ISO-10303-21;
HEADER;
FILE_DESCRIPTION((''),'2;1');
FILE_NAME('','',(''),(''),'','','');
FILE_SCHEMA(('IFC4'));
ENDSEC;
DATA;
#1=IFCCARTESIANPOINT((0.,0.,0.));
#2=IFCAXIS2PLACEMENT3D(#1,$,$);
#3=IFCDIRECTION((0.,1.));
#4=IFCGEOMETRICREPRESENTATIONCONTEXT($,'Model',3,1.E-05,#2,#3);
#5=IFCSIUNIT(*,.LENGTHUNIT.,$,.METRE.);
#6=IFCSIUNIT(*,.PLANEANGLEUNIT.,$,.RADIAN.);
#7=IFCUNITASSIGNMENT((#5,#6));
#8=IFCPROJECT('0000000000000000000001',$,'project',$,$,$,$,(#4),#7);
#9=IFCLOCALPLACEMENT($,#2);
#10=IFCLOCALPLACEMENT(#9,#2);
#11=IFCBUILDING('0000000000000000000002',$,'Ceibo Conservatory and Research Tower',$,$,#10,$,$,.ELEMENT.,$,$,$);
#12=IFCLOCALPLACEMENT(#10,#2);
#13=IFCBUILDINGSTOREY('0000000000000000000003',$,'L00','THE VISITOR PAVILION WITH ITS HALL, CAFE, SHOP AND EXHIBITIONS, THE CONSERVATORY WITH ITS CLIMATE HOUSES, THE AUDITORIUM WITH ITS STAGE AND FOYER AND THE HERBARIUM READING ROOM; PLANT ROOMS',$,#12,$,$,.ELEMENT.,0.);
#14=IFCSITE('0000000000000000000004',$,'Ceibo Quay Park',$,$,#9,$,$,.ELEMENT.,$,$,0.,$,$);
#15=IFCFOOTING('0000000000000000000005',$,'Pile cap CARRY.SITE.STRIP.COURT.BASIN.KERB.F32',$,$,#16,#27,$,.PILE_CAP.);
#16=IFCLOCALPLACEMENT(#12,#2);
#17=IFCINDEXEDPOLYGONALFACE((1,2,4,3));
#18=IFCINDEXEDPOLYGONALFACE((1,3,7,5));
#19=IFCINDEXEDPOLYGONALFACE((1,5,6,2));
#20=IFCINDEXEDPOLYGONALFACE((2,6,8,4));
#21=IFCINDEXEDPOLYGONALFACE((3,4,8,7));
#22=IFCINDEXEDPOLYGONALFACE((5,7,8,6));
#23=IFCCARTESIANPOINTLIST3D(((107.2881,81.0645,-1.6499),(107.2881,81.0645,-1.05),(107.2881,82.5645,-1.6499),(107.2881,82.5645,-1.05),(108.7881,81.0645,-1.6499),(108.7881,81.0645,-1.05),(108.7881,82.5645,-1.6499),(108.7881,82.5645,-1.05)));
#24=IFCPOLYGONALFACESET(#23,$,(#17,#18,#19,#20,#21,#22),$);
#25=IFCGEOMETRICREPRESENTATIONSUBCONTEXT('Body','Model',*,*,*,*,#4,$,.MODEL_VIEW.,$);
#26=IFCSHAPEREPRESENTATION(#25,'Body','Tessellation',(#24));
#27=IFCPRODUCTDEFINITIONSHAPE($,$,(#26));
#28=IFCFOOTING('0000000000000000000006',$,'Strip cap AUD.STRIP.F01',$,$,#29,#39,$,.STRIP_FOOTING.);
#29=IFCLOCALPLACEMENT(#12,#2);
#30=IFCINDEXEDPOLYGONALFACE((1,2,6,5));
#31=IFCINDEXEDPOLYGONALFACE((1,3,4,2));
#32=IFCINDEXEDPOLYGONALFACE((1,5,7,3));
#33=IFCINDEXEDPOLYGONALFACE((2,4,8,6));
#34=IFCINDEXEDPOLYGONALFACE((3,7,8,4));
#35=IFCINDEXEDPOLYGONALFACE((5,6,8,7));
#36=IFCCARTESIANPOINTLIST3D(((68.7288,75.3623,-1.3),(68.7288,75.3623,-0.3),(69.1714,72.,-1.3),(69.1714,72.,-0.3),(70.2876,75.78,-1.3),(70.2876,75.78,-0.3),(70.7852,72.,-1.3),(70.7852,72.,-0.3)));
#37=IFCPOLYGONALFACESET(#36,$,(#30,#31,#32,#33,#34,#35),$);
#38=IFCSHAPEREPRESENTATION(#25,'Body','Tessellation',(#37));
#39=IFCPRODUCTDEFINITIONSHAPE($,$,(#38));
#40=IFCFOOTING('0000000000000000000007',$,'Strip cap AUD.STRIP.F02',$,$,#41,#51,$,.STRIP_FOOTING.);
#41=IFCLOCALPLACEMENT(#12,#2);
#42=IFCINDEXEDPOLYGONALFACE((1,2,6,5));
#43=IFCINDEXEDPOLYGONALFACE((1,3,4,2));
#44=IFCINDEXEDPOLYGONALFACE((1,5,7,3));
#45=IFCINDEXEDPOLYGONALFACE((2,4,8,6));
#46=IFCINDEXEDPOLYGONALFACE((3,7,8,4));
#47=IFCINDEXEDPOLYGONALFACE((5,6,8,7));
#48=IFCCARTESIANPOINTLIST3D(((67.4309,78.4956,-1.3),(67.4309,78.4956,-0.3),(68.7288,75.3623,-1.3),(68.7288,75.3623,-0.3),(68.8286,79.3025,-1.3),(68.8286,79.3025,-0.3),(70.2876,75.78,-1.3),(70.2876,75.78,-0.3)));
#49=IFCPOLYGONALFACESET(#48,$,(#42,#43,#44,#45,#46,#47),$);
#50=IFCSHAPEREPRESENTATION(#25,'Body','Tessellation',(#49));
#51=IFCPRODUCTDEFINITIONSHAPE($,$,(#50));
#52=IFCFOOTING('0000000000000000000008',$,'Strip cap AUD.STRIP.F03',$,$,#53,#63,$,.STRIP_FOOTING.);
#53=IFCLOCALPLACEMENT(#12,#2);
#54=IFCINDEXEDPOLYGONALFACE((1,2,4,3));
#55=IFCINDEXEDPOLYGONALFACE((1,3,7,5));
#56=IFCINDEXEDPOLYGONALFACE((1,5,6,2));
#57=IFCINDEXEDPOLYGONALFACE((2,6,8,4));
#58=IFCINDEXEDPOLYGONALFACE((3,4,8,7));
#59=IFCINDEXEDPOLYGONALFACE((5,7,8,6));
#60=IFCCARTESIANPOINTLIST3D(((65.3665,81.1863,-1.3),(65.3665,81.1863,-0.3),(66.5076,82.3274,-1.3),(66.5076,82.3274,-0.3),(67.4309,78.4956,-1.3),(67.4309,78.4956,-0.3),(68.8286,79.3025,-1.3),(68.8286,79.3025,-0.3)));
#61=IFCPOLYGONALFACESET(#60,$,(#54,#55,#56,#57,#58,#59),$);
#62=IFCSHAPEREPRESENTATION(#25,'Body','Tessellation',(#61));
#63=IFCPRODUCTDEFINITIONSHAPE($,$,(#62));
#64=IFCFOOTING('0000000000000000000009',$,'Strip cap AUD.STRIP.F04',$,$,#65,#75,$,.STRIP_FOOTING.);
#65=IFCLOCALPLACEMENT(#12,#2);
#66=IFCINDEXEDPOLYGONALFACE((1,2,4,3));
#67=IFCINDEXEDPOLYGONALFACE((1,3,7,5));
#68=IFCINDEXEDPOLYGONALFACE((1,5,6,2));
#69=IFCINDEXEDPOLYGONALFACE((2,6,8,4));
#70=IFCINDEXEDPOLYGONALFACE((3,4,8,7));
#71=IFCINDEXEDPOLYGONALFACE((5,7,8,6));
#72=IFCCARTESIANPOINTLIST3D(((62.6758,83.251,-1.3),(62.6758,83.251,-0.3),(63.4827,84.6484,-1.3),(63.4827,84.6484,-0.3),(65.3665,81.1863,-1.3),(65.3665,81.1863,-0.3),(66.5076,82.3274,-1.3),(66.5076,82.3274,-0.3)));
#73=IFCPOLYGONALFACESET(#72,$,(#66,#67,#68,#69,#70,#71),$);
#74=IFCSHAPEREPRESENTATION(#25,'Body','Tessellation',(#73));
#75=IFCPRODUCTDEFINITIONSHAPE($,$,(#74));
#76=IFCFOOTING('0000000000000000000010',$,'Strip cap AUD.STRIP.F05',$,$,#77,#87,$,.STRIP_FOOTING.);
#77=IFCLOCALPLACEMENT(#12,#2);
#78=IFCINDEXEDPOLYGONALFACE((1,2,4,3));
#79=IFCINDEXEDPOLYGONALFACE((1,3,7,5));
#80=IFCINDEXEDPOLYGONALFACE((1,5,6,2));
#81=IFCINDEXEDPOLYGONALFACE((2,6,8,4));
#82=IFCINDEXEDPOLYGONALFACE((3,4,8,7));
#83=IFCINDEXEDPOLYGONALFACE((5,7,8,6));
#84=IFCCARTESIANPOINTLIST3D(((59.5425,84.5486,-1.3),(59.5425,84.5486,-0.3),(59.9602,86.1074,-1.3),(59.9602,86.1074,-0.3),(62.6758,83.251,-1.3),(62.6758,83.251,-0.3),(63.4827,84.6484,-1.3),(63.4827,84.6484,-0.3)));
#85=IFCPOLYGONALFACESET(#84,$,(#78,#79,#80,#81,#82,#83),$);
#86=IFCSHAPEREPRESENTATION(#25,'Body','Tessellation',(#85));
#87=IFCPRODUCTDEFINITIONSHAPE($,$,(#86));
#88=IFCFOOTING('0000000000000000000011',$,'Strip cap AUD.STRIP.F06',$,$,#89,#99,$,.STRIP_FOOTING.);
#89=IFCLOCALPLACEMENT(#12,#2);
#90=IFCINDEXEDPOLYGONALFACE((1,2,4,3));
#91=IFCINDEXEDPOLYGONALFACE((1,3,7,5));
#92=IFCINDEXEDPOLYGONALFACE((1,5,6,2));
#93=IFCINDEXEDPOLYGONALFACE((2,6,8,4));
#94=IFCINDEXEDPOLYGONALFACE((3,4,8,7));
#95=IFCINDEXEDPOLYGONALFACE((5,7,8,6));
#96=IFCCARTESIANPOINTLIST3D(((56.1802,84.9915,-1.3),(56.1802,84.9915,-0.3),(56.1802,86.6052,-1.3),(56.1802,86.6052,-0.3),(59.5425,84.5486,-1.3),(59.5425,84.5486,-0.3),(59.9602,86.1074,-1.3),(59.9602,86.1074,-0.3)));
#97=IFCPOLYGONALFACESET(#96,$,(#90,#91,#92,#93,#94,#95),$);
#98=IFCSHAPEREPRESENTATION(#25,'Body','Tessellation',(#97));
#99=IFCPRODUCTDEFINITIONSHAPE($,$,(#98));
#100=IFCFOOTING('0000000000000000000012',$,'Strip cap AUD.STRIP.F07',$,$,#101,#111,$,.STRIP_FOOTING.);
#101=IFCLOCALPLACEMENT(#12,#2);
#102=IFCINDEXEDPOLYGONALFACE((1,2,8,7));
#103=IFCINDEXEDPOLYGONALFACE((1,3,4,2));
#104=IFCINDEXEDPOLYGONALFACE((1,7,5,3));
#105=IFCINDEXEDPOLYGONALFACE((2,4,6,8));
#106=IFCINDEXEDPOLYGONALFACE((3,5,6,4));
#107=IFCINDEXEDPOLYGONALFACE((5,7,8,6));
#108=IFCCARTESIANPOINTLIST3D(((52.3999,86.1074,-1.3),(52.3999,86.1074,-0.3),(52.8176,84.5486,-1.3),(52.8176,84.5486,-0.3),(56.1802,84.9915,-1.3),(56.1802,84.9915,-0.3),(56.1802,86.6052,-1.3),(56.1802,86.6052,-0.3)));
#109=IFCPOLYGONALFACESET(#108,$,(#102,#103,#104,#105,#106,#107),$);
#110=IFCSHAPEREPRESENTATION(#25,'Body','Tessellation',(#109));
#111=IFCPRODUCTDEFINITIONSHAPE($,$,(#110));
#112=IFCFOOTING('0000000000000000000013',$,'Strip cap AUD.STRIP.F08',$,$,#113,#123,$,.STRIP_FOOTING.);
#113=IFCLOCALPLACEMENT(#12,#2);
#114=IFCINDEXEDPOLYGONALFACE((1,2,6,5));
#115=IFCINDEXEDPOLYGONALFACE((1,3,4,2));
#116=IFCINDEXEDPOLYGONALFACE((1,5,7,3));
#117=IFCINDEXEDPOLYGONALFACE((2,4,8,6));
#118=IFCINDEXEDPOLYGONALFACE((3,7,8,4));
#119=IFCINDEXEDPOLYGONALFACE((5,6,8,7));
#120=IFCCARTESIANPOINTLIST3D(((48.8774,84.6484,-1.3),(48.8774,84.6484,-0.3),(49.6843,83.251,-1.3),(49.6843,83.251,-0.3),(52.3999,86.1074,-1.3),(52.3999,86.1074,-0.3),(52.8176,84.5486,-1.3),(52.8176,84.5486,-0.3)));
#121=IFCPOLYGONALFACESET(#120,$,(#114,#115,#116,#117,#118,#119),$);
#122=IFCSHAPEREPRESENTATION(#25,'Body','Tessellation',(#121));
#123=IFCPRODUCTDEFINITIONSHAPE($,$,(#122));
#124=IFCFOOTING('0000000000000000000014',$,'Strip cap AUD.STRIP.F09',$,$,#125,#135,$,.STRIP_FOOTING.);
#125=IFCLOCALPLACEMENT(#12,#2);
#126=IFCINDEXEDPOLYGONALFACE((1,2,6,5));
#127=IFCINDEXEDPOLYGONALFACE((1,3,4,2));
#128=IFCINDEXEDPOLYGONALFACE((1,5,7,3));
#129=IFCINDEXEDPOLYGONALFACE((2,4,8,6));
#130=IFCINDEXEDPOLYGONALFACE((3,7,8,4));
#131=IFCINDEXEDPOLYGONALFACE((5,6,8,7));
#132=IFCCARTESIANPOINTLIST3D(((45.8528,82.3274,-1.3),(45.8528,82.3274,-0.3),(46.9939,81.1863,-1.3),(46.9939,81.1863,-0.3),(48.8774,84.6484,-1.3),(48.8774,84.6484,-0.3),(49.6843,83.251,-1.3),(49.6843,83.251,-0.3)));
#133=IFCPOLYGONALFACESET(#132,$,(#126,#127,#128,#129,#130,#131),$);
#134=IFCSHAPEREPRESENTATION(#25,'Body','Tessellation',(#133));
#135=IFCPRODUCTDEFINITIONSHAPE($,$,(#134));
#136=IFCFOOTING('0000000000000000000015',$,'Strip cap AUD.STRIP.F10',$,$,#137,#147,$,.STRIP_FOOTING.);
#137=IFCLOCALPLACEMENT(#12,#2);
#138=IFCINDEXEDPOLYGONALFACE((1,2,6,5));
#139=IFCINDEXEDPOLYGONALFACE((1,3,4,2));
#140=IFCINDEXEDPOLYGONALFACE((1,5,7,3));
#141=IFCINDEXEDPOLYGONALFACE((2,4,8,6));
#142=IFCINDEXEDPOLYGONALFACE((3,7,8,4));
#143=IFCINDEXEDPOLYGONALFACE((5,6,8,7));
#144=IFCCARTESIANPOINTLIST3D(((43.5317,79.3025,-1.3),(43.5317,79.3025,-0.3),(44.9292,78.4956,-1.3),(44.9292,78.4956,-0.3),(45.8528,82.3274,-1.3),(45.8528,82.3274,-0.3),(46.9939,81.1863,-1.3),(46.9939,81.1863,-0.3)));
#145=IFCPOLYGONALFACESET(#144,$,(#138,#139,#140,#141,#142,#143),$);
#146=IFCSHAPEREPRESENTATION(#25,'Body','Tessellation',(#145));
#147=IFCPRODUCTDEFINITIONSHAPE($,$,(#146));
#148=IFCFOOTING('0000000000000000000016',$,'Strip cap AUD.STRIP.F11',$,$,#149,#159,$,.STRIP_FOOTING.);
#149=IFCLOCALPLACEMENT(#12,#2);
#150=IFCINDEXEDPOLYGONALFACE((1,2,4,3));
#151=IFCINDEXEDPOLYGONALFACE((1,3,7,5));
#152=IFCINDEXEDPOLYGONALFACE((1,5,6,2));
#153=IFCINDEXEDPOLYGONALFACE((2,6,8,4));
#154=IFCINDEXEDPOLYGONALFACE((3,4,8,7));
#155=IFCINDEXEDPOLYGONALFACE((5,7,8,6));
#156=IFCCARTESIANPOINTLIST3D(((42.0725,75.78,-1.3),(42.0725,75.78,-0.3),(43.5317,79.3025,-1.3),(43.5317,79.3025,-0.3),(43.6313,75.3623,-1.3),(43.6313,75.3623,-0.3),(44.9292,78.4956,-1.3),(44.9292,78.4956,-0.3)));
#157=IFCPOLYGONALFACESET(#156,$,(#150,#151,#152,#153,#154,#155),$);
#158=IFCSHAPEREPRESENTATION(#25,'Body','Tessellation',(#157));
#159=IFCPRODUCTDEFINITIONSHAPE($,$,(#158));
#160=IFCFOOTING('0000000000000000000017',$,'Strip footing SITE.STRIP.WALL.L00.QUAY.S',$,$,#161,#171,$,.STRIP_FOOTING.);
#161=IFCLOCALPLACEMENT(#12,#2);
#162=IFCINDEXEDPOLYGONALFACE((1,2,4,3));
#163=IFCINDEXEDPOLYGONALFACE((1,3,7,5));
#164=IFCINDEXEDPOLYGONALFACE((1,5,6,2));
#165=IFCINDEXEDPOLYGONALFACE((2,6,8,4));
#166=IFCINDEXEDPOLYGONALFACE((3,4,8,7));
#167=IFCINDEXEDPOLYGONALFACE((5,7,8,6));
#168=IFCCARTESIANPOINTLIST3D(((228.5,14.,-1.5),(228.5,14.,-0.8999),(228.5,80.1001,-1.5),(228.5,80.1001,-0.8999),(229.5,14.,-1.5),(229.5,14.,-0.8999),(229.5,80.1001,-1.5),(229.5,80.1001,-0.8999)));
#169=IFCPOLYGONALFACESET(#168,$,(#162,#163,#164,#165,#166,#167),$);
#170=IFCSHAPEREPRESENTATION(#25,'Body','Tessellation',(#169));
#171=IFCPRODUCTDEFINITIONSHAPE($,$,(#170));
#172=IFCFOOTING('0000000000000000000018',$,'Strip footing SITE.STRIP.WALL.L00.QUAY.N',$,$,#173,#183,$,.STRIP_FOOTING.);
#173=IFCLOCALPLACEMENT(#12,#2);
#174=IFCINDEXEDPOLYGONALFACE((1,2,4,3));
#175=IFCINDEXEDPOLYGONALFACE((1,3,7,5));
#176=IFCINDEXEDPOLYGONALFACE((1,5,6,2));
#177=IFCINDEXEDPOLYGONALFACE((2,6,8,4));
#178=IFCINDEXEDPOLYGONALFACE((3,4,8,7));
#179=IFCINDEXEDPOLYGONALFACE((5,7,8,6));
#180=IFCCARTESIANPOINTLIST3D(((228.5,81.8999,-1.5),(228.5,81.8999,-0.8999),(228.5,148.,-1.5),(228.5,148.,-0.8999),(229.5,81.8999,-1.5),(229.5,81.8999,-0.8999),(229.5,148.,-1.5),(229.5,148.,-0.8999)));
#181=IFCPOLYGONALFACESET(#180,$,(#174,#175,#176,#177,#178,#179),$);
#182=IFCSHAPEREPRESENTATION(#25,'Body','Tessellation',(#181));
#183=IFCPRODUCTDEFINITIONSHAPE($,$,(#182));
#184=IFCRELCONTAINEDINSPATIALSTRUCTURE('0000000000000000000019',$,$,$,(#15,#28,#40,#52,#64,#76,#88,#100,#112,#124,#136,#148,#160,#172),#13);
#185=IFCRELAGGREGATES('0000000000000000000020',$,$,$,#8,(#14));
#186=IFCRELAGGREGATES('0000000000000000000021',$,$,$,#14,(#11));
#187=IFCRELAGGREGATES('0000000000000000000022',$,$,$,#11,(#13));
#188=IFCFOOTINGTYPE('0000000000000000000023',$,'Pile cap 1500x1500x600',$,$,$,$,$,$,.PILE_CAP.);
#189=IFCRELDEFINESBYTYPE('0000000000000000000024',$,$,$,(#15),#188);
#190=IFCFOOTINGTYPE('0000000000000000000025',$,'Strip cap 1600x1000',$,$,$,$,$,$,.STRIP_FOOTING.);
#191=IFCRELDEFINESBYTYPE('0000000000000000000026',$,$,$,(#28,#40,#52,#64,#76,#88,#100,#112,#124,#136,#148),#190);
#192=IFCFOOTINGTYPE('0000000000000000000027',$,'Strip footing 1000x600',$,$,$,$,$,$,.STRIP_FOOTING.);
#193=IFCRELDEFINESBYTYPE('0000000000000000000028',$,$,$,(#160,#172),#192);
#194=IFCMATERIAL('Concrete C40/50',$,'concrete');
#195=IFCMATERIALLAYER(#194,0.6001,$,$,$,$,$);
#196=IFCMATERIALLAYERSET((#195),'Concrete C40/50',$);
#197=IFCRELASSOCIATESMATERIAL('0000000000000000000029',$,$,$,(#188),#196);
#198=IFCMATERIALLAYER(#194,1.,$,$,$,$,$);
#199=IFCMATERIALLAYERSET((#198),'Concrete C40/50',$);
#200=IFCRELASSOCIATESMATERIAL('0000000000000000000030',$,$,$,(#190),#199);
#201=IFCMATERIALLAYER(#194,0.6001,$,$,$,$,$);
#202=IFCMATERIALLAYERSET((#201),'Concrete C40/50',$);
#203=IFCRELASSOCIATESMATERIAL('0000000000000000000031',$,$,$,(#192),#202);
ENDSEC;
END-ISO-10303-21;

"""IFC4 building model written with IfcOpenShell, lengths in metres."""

from ifc_helpers import new_model, si_unit, direction, frame, origin, place, context, subcontext, project, spatial, polyline, outline, extrude, material, layer, layer_set, type_object, element, save


model = new_model("IFC4")

# Units and contexts
model_context = context("Model", 3, precision=1e-05, world=origin(), true_north=direction((0.0, 1.0)))
body_context = subcontext(model_context, "Body", "Model", "MODEL_VIEW")
ifc_project = project(units=[si_unit("LENGTHUNIT", "METRE"), si_unit("PLANEANGLEUNIT", "RADIAN")], contexts=[model_context])

# Site, building, storey
site_placement = place(None, origin())
site = spatial("IfcSite", under=ifc_project, at=site_placement, Name="Ceibo Quay Park", CompositionType="ELEMENT", RefElevation=0.0)
building_placement = place(site_placement, origin())
building = spatial("IfcBuilding", under=site, at=building_placement, Name="Ceibo Conservatory and Research Tower", CompositionType="ELEMENT")
storey_placement = place(building_placement, origin())
storey = spatial("IfcBuildingStorey", under=building, at=storey_placement, Name="L00", Description="THE VISITOR PAVILION WITH ITS HALL, CAFE, SHOP AND EXHIBITIONS, THE CONSERVATORY WITH ITS CLIMATE HOUSES, THE AUDITORIUM WITH ITS STAGE AND FOYER AND THE HERBARIUM READING ROOM; PLANT ROOMS", CompositionType="ELEMENT", Elevation=0.0)

# Footings
ifc_material_1 = material(Name="Concrete C40/50", Category="concrete")
ifc_layer_1 = layer(ifc_material_1, 0.6001)
ifc_layer_set_1 = layer_set([ifc_layer_1], Name="Concrete C40/50")
footing_type_1 = type_object("IfcFootingType", Name="Pile cap 1500x1500x600", PredefinedType="PILE_CAP", material=ifc_layer_set_1)
footing_1_placement = place(storey_placement, frame((0.0, 0.0, -1.6499)))
element("IfcFooting", 1, at=footing_1_placement, inside=storey, type_object=footing_type_1, Name="Pile cap CARRY.SITE.STRIP.COURT.BASIN.KERB.F32", PredefinedType="PILE_CAP", context=body_context, shape_type="SweptSolid", body=[
    extrude(outline(polyline([(108.7881, 81.0645), (108.7881, 82.5645), (107.2881, 82.5645), (107.2881, 81.0645), (108.7881, 81.0645)])), origin(), (0.0, 0.0, 1.0), 0.5999),
])
ifc_layer_2 = layer(ifc_material_1, 1.0)
ifc_layer_set_2 = layer_set([ifc_layer_2], Name="Concrete C40/50")
footing_type_2 = type_object("IfcFootingType", Name="Strip cap 1600x1000", PredefinedType="STRIP_FOOTING", material=ifc_layer_set_2)
footing_2_placement = place(storey_placement, frame((0.0, 0.0, -1.3)))
element("IfcFooting", 2, at=footing_2_placement, inside=storey, type_object=footing_type_2, Name="Strip cap AUD.STRIP.F01", PredefinedType="STRIP_FOOTING", context=body_context, shape_type="SweptSolid", body=[
    extrude(outline(polyline([(70.7852, 72.0), (70.2876, 75.78), (68.7288, 75.3623), (69.1714, 72.0), (70.7852, 72.0)])), origin(), (0.0, 0.0, 1.0), 1.0),
])
footing_3_placement = place(storey_placement, frame((0.0, 0.0, -1.3)))
element("IfcFooting", 3, at=footing_3_placement, inside=storey, type_object=footing_type_2, Name="Strip cap AUD.STRIP.F02", PredefinedType="STRIP_FOOTING", context=body_context, shape_type="SweptSolid", body=[
    extrude(outline(polyline([(70.2876, 75.78), (68.8286, 79.3025), (67.4309, 78.4956), (68.7288, 75.3623), (70.2876, 75.78)])), origin(), (0.0, 0.0, 1.0), 1.0),
])
footing_4_placement = place(storey_placement, frame((0.0, 0.0, -1.3)))
element("IfcFooting", 4, at=footing_4_placement, inside=storey, type_object=footing_type_2, Name="Strip cap AUD.STRIP.F03", PredefinedType="STRIP_FOOTING", context=body_context, shape_type="SweptSolid", body=[
    extrude(outline(polyline([(68.8286, 79.3025), (66.5076, 82.3274), (65.3665, 81.1863), (67.4309, 78.4956), (68.8286, 79.3025)])), origin(), (0.0, 0.0, 1.0), 1.0),
])
footing_5_placement = place(storey_placement, frame((0.0, 0.0, -1.3)))
element("IfcFooting", 5, at=footing_5_placement, inside=storey, type_object=footing_type_2, Name="Strip cap AUD.STRIP.F04", PredefinedType="STRIP_FOOTING", context=body_context, shape_type="SweptSolid", body=[
    extrude(outline(polyline([(66.5076, 82.3274), (63.4827, 84.6484), (62.6758, 83.251), (65.3665, 81.1863), (66.5076, 82.3274)])), origin(), (0.0, 0.0, 1.0), 1.0),
])
footing_6_placement = place(storey_placement, frame((0.0, 0.0, -1.3)))
element("IfcFooting", 6, at=footing_6_placement, inside=storey, type_object=footing_type_2, Name="Strip cap AUD.STRIP.F05", PredefinedType="STRIP_FOOTING", context=body_context, shape_type="SweptSolid", body=[
    extrude(outline(polyline([(63.4827, 84.6484), (59.9602, 86.1074), (59.5425, 84.5486), (62.6758, 83.251), (63.4827, 84.6484)])), origin(), (0.0, 0.0, 1.0), 1.0),
])
footing_7_placement = place(storey_placement, frame((0.0, 0.0, -1.3)))
element("IfcFooting", 7, at=footing_7_placement, inside=storey, type_object=footing_type_2, Name="Strip cap AUD.STRIP.F06", PredefinedType="STRIP_FOOTING", context=body_context, shape_type="SweptSolid", body=[
    extrude(outline(polyline([(59.9602, 86.1074), (56.1802, 86.6052), (56.1802, 84.9915), (59.5425, 84.5486), (59.9602, 86.1074)])), origin(), (0.0, 0.0, 1.0), 1.0),
])
footing_8_placement = place(storey_placement, frame((0.0, 0.0, -1.3)))
element("IfcFooting", 8, at=footing_8_placement, inside=storey, type_object=footing_type_2, Name="Strip cap AUD.STRIP.F07", PredefinedType="STRIP_FOOTING", context=body_context, shape_type="SweptSolid", body=[
    extrude(outline(polyline([(56.1802, 86.6052), (52.3999, 86.1074), (52.8176, 84.5486), (56.1802, 84.9915), (56.1802, 86.6052)])), origin(), (0.0, 0.0, 1.0), 1.0),
])
footing_9_placement = place(storey_placement, frame((0.0, 0.0, -1.3)))
element("IfcFooting", 9, at=footing_9_placement, inside=storey, type_object=footing_type_2, Name="Strip cap AUD.STRIP.F08", PredefinedType="STRIP_FOOTING", context=body_context, shape_type="SweptSolid", body=[
    extrude(outline(polyline([(52.3999, 86.1074), (48.8774, 84.6484), (49.6843, 83.251), (52.8176, 84.5486), (52.3999, 86.1074)])), origin(), (0.0, 0.0, 1.0), 1.0),
])
footing_10_placement = place(storey_placement, frame((0.0, 0.0, -1.3)))
element("IfcFooting", 10, at=footing_10_placement, inside=storey, type_object=footing_type_2, Name="Strip cap AUD.STRIP.F09", PredefinedType="STRIP_FOOTING", context=body_context, shape_type="SweptSolid", body=[
    extrude(outline(polyline([(48.8774, 84.6484), (45.8528, 82.3274), (46.9939, 81.1863), (49.6843, 83.251), (48.8774, 84.6484)])), origin(), (0.0, 0.0, 1.0), 1.0),
])
footing_11_placement = place(storey_placement, frame((0.0, 0.0, -1.3)))
element("IfcFooting", 11, at=footing_11_placement, inside=storey, type_object=footing_type_2, Name="Strip cap AUD.STRIP.F10", PredefinedType="STRIP_FOOTING", context=body_context, shape_type="SweptSolid", body=[
    extrude(outline(polyline([(45.8528, 82.3274), (43.5317, 79.3025), (44.9292, 78.4956), (46.9939, 81.1863), (45.8528, 82.3274)])), origin(), (0.0, 0.0, 1.0), 1.0),
])
footing_12_placement = place(storey_placement, frame((0.0, 0.0, -1.3)))
element("IfcFooting", 12, at=footing_12_placement, inside=storey, type_object=footing_type_2, Name="Strip cap AUD.STRIP.F11", PredefinedType="STRIP_FOOTING", context=body_context, shape_type="SweptSolid", body=[
    extrude(outline(polyline([(43.5317, 79.3025), (42.0725, 75.78), (43.6313, 75.3623), (44.9292, 78.4956), (43.5317, 79.3025)])), origin(), (0.0, 0.0, 1.0), 1.0),
])
ifc_layer_3 = layer(ifc_material_1, 0.6001)
ifc_layer_set_3 = layer_set([ifc_layer_3], Name="Concrete C40/50")
footing_type_3 = type_object("IfcFootingType", Name="Strip footing 1000x600", PredefinedType="STRIP_FOOTING", material=ifc_layer_set_3)
footing_13_placement = place(storey_placement, frame((0.0, 0.0, -1.5)))
element("IfcFooting", 13, at=footing_13_placement, inside=storey, type_object=footing_type_3, Name="Strip footing SITE.STRIP.WALL.L00.QUAY.S", PredefinedType="STRIP_FOOTING", context=body_context, shape_type="SweptSolid", body=[
    extrude(outline(polyline([(229.5, 14.0), (229.5, 80.1001), (228.5, 80.1001), (228.5, 14.0), (229.5, 14.0)])), origin(), (0.0, 0.0, 1.0), 0.6001),
])
footing_14_placement = place(storey_placement, frame((0.0, 0.0, -1.5)))
element("IfcFooting", 14, at=footing_14_placement, inside=storey, type_object=footing_type_3, Name="Strip footing SITE.STRIP.WALL.L00.QUAY.N", PredefinedType="STRIP_FOOTING", context=body_context, shape_type="SweptSolid", body=[
    extrude(outline(polyline([(229.5, 81.8999), (229.5, 148.0), (228.5, 148.0), (228.5, 81.8999), (229.5, 81.8999)])), origin(), (0.0, 0.0, 1.0), 0.6001),
])

save(model, "model.ifc")
